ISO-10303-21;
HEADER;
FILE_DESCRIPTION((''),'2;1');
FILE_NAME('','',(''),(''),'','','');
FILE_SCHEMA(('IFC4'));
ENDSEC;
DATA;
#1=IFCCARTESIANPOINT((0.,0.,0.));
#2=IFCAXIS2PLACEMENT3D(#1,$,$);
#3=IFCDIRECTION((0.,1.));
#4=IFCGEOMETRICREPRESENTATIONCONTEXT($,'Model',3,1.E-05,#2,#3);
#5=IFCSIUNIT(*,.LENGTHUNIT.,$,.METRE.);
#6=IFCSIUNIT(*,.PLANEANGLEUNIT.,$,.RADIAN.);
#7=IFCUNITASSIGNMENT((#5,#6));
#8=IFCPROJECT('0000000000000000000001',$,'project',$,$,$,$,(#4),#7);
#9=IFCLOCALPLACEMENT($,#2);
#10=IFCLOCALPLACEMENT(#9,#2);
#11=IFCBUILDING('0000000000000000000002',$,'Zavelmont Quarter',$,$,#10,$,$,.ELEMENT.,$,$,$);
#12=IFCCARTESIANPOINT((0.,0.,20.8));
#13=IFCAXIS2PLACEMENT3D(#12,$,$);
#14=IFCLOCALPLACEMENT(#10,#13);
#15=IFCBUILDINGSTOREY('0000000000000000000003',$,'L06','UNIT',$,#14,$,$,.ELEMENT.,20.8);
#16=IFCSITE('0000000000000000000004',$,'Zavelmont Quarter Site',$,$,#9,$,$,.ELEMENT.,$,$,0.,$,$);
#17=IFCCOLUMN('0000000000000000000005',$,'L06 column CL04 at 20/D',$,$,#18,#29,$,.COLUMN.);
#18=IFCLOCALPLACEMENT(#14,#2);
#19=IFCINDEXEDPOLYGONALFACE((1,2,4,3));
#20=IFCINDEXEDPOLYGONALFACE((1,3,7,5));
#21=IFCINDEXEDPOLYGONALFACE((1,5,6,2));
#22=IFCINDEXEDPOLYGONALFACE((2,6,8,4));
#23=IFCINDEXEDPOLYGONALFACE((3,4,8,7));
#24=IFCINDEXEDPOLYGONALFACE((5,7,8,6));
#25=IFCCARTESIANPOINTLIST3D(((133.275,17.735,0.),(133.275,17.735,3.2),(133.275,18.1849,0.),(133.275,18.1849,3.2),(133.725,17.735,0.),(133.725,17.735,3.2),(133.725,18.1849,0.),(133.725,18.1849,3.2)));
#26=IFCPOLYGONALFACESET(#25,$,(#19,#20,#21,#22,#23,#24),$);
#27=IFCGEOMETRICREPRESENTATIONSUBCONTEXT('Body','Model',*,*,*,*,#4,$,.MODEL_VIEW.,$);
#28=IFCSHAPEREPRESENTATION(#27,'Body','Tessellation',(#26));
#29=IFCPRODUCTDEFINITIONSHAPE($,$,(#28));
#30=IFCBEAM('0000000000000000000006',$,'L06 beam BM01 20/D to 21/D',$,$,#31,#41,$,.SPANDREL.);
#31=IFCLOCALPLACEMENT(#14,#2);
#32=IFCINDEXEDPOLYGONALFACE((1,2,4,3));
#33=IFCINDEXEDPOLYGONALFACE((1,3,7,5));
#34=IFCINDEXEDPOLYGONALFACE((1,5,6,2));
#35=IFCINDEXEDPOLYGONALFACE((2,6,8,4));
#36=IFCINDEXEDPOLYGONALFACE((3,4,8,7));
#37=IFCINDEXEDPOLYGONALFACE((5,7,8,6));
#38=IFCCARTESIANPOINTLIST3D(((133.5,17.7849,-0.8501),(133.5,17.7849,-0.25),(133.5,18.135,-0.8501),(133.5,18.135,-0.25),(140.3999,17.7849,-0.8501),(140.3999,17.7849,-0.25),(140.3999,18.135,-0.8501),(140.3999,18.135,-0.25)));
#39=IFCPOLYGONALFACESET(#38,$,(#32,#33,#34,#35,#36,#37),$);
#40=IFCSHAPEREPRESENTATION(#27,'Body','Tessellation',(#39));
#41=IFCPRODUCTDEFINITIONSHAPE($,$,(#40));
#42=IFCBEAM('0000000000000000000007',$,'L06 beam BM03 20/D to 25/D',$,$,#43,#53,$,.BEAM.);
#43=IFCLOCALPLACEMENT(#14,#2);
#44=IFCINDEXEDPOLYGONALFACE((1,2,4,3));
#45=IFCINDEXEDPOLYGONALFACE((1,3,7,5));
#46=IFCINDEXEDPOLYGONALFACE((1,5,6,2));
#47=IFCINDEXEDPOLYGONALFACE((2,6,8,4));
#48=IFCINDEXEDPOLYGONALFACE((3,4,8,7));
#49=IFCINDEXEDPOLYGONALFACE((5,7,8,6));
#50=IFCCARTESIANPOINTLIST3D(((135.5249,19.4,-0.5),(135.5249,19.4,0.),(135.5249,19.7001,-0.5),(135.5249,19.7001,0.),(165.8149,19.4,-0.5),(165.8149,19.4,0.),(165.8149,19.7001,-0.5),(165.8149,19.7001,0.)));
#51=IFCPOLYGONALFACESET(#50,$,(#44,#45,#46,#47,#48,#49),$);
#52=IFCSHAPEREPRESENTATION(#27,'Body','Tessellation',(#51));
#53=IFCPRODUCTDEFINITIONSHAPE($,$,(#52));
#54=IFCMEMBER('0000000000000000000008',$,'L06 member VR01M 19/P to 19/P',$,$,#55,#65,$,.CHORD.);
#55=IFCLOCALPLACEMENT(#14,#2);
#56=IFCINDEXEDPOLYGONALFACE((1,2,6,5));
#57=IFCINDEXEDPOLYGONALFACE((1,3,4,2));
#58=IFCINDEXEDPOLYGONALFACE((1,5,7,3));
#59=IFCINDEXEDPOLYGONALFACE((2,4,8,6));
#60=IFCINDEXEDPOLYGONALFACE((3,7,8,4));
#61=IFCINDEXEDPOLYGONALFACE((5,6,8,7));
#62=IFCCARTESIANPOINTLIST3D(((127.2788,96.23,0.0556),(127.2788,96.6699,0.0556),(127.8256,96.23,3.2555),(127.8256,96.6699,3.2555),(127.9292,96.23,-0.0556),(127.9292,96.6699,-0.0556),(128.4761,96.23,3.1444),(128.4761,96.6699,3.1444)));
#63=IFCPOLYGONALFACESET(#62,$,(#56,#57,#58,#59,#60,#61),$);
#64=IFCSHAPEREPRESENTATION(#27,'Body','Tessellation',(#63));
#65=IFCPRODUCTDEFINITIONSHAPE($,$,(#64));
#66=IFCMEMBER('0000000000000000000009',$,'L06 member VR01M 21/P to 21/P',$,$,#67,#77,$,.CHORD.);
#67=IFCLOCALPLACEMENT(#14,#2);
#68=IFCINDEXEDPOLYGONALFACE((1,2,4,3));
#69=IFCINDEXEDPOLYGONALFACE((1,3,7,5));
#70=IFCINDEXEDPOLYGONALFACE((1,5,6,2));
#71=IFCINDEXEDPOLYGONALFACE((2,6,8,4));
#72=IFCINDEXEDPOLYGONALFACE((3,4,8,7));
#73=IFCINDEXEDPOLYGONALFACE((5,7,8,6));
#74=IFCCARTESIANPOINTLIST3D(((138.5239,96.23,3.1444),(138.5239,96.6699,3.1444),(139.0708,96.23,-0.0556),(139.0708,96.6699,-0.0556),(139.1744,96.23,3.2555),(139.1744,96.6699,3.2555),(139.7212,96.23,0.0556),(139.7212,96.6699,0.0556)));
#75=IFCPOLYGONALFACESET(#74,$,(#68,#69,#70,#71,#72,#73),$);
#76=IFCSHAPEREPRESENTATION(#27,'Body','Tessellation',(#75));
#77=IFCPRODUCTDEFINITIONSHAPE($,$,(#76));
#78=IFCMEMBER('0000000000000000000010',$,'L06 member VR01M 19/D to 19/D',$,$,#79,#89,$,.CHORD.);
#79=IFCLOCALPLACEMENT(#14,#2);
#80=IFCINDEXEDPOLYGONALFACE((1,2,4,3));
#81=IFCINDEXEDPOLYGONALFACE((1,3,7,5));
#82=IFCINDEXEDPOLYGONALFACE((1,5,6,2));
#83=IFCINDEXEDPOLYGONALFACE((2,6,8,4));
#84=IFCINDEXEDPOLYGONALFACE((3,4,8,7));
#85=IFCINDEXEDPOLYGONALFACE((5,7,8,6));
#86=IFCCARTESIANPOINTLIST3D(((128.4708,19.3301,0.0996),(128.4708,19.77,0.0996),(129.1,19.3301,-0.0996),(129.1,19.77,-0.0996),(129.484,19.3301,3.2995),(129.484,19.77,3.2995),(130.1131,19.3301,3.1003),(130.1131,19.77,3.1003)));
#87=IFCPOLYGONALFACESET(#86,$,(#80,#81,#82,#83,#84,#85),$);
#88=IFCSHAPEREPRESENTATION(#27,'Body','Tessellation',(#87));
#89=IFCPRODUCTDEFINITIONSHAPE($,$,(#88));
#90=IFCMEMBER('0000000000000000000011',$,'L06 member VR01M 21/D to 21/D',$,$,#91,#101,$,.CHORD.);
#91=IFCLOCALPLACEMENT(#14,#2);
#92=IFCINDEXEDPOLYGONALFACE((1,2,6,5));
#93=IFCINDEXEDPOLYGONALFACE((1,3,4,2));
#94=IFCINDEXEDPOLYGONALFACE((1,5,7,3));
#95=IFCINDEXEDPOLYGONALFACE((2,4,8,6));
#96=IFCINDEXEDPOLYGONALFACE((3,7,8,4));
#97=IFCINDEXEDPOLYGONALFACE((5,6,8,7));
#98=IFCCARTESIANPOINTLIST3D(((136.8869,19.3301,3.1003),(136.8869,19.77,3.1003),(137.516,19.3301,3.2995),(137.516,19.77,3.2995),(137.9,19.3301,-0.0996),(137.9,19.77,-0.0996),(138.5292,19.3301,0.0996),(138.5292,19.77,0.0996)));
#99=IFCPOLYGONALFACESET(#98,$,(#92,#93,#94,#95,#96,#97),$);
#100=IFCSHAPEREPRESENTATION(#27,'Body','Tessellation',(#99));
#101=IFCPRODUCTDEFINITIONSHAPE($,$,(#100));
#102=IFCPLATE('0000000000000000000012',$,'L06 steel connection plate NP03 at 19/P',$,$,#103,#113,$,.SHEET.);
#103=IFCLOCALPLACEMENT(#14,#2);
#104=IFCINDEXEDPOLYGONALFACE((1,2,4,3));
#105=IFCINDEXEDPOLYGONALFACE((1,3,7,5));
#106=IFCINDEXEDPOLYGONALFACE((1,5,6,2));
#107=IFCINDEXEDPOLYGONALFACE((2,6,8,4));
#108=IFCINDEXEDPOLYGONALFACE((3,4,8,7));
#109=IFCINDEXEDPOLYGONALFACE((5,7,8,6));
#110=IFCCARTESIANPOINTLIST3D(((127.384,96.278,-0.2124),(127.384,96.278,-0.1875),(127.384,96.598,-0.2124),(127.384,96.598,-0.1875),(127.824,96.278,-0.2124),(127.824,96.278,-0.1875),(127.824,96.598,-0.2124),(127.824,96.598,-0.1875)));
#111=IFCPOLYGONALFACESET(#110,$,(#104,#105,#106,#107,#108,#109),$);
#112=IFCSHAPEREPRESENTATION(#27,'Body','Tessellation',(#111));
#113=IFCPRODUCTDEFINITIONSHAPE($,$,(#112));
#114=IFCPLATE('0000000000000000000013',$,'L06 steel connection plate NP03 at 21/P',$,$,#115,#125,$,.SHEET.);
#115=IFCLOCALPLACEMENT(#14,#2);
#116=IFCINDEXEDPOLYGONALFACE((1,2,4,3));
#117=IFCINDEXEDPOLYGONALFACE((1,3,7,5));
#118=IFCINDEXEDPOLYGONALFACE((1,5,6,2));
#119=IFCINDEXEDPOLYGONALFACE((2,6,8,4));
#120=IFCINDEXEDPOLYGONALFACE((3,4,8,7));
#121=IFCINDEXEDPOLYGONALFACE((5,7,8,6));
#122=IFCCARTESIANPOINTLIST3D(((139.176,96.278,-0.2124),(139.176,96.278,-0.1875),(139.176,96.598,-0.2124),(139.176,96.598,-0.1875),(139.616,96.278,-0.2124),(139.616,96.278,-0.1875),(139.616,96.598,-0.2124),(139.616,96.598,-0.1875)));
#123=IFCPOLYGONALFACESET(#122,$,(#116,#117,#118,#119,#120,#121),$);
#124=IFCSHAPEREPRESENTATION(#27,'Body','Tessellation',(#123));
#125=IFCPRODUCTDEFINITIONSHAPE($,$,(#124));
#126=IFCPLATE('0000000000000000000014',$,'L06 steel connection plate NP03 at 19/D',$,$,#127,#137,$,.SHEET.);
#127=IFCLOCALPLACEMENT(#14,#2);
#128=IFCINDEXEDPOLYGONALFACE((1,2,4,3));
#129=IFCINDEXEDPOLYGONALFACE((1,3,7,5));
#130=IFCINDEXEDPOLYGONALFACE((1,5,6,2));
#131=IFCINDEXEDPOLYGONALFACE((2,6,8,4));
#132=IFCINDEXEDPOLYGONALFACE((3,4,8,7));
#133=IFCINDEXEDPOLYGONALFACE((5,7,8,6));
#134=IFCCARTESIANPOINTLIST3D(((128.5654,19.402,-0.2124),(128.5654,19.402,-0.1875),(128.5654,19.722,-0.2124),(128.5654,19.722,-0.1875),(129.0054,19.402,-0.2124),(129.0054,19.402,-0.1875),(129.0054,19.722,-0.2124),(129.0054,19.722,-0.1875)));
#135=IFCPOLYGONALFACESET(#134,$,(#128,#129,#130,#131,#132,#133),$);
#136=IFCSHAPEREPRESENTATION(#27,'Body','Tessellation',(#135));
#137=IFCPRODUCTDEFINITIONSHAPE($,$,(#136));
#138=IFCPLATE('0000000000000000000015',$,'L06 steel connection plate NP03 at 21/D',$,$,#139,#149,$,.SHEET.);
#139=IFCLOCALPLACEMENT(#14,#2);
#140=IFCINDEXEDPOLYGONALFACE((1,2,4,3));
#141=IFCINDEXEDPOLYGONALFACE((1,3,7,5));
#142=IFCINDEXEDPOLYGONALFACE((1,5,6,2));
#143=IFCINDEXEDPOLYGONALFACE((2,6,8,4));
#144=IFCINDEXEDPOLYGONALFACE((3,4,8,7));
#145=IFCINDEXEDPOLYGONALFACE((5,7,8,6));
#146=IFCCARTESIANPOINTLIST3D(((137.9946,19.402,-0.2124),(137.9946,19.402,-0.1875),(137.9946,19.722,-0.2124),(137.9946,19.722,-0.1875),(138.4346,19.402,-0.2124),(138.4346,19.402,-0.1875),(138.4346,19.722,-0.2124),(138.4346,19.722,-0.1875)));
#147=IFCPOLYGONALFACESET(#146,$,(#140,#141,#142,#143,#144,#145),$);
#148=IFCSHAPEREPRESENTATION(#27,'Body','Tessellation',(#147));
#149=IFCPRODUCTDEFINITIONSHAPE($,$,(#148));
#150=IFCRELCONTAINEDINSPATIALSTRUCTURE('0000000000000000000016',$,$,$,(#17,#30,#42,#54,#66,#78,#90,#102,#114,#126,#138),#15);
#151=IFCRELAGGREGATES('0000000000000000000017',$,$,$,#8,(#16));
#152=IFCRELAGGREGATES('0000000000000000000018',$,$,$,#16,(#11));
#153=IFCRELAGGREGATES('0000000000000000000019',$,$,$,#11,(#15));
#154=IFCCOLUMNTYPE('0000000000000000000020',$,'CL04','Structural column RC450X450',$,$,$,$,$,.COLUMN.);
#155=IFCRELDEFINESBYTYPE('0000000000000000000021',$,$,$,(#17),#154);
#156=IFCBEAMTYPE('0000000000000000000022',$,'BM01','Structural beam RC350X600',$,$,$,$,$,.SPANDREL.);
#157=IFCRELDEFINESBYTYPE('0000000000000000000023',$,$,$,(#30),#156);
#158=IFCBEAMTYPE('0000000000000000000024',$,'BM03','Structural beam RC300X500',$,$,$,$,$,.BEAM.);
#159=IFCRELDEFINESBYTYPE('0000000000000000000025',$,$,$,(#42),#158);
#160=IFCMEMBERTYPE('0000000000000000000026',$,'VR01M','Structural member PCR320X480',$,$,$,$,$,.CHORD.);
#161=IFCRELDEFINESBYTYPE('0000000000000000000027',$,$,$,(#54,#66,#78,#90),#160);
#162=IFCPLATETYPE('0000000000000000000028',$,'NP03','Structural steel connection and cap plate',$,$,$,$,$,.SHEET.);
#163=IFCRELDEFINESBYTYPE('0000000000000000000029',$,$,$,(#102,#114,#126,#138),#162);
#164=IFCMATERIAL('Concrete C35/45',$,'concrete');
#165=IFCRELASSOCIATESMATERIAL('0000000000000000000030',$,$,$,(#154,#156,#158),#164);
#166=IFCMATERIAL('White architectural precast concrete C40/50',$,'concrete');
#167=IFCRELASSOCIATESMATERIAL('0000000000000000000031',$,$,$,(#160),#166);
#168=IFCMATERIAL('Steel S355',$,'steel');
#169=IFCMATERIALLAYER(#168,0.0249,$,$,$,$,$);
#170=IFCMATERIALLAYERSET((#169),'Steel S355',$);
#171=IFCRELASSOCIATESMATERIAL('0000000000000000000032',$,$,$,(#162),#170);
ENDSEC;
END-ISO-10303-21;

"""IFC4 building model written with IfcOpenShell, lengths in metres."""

from ifc_helpers import new_model, si_unit, direction, frame, origin, origin_2d, place, context, subcontext, project, spatial, rectangle, extrude, material, layer, layer_set, material_profile, profile_set, type_object, element, save


model = new_model("IFC4")

# Units and contexts
model_context = context("Model", 3, precision=1e-05, world=origin(), true_north=direction((0.0, 1.0)))
body_context = subcontext(model_context, "Body", "Model", "MODEL_VIEW")
ifc_project = project(units=[si_unit("LENGTHUNIT", "METRE"), si_unit("PLANEANGLEUNIT", "RADIAN")], contexts=[model_context])

# Site, building, storey
site_placement = place(None, origin())
site = spatial("IfcSite", under=ifc_project, at=site_placement, Name="Zavelmont Quarter Site", CompositionType="ELEMENT", RefElevation=0.0)
building_placement = place(site_placement, origin())
building = spatial("IfcBuilding", under=site, at=building_placement, Name="Zavelmont Quarter", CompositionType="ELEMENT")
storey_placement = place(building_placement, frame((0.0, 0.0, 20.8)))
storey = spatial("IfcBuildingStorey", under=building, at=storey_placement, Name="L06", Description="UNIT", CompositionType="ELEMENT", Elevation=20.8)

# Column
ifc_material_1 = material(Name="Concrete C35/45", Category="concrete")
ifc_material_profile_1 = material_profile(ifc_material_1, rectangle(XDim=0.45, YDim=0.45, at=origin_2d()), Name="RC450X450")
ifc_profile_set_1 = profile_set([ifc_material_profile_1], Name="Concrete C35/45")
column_type = type_object("IfcColumnType", Name="CL04", Description="Structural column RC450X450", PredefinedType="COLUMN", material=ifc_profile_set_1)
column_placement = place(storey_placement, frame((133.5, 17.96, 0.0), z_axis=(0.0, 0.0, 1.0), x_axis=(1.0, 0.0, 0.0)))
element("IfcColumn", 1, at=column_placement, inside=storey, type_object=column_type, Name="L06 column CL04 at 20/D", PredefinedType="COLUMN", context=body_context, shape_type="SweptSolid", body=[
    extrude(rectangle(XDim=0.45, YDim=0.45, at=origin_2d()), origin(), (0.0, 0.0, 1.0), 3.2),
])

# Beams
ifc_material_profile_2 = material_profile(ifc_material_1, rectangle(XDim=0.3501, YDim=0.6001, at=origin_2d()), Name="RC350X600")
ifc_profile_set_2 = profile_set([ifc_material_profile_2], Name="Concrete C35/45")
beam_type_1 = type_object("IfcBeamType", Name="BM01", Description="Structural beam RC350X600", PredefinedType="SPANDREL", material=ifc_profile_set_2)
beam_1_placement = place(storey_placement, frame((133.5, 17.96, -0.55), z_axis=(1.0, 0.0, 0.0), x_axis=(0.0, 1.0, 0.0)))
element("IfcBeam", 2, at=beam_1_placement, inside=storey, type_object=beam_type_1, Name="L06 beam BM01 20/D to 21/D", PredefinedType="SPANDREL", context=body_context, shape_type="SweptSolid", body=[
    extrude(rectangle(XDim=0.3501, YDim=0.6001, at=origin_2d()), origin(), (0.0, 0.0, 1.0), 6.8999),
])
ifc_material_profile_3 = material_profile(ifc_material_1, rectangle(XDim=0.3, YDim=0.5, at=origin_2d()), Name="RC300X500")
ifc_profile_set_3 = profile_set([ifc_material_profile_3], Name="Concrete C35/45")
beam_type_2 = type_object("IfcBeamType", Name="BM03", Description="Structural beam RC300X500", PredefinedType="BEAM", material=ifc_profile_set_3)
beam_2_placement = place(storey_placement, frame((135.5249, 19.55, -0.25), z_axis=(1.0, 0.0, 0.0), x_axis=(0.0, 1.0, 0.0)))
element("IfcBeam", 3, at=beam_2_placement, inside=storey, type_object=beam_type_2, Name="L06 beam BM03 20/D to 25/D", PredefinedType="BEAM", context=body_context, shape_type="SweptSolid", body=[
    extrude(rectangle(XDim=0.3, YDim=0.5, at=origin_2d()), origin(), (0.0, 0.0, 1.0), 30.29),
])

# Members
ifc_material_2 = material(Name="White architectural precast concrete C40/50", Category="concrete")
ifc_material_profile_4 = material_profile(ifc_material_2, rectangle(XDim=0.4399, YDim=0.6599, at=origin_2d()), Name="PCR320X480")
ifc_profile_set_4 = profile_set([ifc_material_profile_4], Name="White architectural precast concrete C40/50")
member_type = type_object("IfcMemberType", Name="VR01M", Description="Structural member PCR320X480", PredefinedType="CHORD", material=ifc_profile_set_4)
for number, where, z_axis, x_axis, name in (
    (4, (127.604, 96.45, 0.0), (0.168459, 0.0, 0.985709), (0.0, 1.0, 0.0), "L06 member VR01M 19/P to 19/P"),
    (5, (139.396, 96.45, 0.0), (-0.168459, 0.0, 0.985709), (0.0, -1.0, 0.0), "L06 member VR01M 21/P to 21/P"),
):
    element("IfcMember", number, at=place(storey_placement, frame(where, z_axis=z_axis, x_axis=x_axis)), inside=storey, type_object=member_type, Name=name, PredefinedType="CHORD", context=body_context, shape_type="SweptSolid", body=[
        extrude(rectangle(XDim=0.4399, YDim=0.6599, at=origin_2d()), origin(), (0.0, 0.0, 1.0), 3.2463),
    ])
for number, where, z_axis, x_axis, name in (
    (6, (128.7854, 19.55, 0.0), (0.301855, 0.0, 0.953354), (0.0, 1.0, 0.0), "L06 member VR01M 19/D to 19/D"),
    (7, (138.2146, 19.55, 0.0), (-0.301855, 0.0, 0.953354), (0.0, -1.0, 0.0), "L06 member VR01M 21/D to 21/D"),
):
    element("IfcMember", number, at=place(storey_placement, frame(where, z_axis=z_axis, x_axis=x_axis)), inside=storey, type_object=member_type, Name=name, PredefinedType="CHORD", context=body_context, shape_type="SweptSolid", body=[
        extrude(rectangle(XDim=0.4399, YDim=0.6599, at=origin_2d()), origin(), (0.0, 0.0, 1.0), 3.3564),
    ])

# Plates
ifc_material_3 = material(Name="Steel S355", Category="steel")
ifc_layer_1 = layer(ifc_material_3, 0.0249)
ifc_layer_set_1 = layer_set([ifc_layer_1], Name="Steel S355")
plate_type = type_object("IfcPlateType", Name="NP03", Description="Structural steel connection and cap plate", PredefinedType="SHEET", material=ifc_layer_set_1)
for number, where, z_axis, x_axis, name in (
    (8, (127.604, 96.438, -0.2124), (0.0, 0.0, 1.0), (1.0, 0.0, 0.0), "L06 steel connection plate NP03 at 19/P"),
    (9, (139.396, 96.438, -0.2124), (0.0, 0.0, 1.0), (1.0, 0.0, 0.0), "L06 steel connection plate NP03 at 21/P"),
    (10, (128.7854, 19.562, -0.2124), (0.0, 0.0, 1.0), (1.0, 0.0, 0.0), "L06 steel connection plate NP03 at 19/D"),
    (11, (138.2146, 19.562, -0.2124), (0.0, 0.0, 1.0), (1.0, 0.0, 0.0), "L06 steel connection plate NP03 at 21/D"),
):
    element("IfcPlate", number, at=place(storey_placement, frame(where, z_axis=z_axis, x_axis=x_axis)), inside=storey, type_object=plate_type, Name=name, PredefinedType="SHEET", context=body_context, shape_type="SweptSolid", body=[
        extrude(rectangle(XDim=0.4399, YDim=0.3201, at=origin_2d()), origin(), (0.0, 0.0, 1.0), 0.0249),
    ])

save(model, "model.ifc")
